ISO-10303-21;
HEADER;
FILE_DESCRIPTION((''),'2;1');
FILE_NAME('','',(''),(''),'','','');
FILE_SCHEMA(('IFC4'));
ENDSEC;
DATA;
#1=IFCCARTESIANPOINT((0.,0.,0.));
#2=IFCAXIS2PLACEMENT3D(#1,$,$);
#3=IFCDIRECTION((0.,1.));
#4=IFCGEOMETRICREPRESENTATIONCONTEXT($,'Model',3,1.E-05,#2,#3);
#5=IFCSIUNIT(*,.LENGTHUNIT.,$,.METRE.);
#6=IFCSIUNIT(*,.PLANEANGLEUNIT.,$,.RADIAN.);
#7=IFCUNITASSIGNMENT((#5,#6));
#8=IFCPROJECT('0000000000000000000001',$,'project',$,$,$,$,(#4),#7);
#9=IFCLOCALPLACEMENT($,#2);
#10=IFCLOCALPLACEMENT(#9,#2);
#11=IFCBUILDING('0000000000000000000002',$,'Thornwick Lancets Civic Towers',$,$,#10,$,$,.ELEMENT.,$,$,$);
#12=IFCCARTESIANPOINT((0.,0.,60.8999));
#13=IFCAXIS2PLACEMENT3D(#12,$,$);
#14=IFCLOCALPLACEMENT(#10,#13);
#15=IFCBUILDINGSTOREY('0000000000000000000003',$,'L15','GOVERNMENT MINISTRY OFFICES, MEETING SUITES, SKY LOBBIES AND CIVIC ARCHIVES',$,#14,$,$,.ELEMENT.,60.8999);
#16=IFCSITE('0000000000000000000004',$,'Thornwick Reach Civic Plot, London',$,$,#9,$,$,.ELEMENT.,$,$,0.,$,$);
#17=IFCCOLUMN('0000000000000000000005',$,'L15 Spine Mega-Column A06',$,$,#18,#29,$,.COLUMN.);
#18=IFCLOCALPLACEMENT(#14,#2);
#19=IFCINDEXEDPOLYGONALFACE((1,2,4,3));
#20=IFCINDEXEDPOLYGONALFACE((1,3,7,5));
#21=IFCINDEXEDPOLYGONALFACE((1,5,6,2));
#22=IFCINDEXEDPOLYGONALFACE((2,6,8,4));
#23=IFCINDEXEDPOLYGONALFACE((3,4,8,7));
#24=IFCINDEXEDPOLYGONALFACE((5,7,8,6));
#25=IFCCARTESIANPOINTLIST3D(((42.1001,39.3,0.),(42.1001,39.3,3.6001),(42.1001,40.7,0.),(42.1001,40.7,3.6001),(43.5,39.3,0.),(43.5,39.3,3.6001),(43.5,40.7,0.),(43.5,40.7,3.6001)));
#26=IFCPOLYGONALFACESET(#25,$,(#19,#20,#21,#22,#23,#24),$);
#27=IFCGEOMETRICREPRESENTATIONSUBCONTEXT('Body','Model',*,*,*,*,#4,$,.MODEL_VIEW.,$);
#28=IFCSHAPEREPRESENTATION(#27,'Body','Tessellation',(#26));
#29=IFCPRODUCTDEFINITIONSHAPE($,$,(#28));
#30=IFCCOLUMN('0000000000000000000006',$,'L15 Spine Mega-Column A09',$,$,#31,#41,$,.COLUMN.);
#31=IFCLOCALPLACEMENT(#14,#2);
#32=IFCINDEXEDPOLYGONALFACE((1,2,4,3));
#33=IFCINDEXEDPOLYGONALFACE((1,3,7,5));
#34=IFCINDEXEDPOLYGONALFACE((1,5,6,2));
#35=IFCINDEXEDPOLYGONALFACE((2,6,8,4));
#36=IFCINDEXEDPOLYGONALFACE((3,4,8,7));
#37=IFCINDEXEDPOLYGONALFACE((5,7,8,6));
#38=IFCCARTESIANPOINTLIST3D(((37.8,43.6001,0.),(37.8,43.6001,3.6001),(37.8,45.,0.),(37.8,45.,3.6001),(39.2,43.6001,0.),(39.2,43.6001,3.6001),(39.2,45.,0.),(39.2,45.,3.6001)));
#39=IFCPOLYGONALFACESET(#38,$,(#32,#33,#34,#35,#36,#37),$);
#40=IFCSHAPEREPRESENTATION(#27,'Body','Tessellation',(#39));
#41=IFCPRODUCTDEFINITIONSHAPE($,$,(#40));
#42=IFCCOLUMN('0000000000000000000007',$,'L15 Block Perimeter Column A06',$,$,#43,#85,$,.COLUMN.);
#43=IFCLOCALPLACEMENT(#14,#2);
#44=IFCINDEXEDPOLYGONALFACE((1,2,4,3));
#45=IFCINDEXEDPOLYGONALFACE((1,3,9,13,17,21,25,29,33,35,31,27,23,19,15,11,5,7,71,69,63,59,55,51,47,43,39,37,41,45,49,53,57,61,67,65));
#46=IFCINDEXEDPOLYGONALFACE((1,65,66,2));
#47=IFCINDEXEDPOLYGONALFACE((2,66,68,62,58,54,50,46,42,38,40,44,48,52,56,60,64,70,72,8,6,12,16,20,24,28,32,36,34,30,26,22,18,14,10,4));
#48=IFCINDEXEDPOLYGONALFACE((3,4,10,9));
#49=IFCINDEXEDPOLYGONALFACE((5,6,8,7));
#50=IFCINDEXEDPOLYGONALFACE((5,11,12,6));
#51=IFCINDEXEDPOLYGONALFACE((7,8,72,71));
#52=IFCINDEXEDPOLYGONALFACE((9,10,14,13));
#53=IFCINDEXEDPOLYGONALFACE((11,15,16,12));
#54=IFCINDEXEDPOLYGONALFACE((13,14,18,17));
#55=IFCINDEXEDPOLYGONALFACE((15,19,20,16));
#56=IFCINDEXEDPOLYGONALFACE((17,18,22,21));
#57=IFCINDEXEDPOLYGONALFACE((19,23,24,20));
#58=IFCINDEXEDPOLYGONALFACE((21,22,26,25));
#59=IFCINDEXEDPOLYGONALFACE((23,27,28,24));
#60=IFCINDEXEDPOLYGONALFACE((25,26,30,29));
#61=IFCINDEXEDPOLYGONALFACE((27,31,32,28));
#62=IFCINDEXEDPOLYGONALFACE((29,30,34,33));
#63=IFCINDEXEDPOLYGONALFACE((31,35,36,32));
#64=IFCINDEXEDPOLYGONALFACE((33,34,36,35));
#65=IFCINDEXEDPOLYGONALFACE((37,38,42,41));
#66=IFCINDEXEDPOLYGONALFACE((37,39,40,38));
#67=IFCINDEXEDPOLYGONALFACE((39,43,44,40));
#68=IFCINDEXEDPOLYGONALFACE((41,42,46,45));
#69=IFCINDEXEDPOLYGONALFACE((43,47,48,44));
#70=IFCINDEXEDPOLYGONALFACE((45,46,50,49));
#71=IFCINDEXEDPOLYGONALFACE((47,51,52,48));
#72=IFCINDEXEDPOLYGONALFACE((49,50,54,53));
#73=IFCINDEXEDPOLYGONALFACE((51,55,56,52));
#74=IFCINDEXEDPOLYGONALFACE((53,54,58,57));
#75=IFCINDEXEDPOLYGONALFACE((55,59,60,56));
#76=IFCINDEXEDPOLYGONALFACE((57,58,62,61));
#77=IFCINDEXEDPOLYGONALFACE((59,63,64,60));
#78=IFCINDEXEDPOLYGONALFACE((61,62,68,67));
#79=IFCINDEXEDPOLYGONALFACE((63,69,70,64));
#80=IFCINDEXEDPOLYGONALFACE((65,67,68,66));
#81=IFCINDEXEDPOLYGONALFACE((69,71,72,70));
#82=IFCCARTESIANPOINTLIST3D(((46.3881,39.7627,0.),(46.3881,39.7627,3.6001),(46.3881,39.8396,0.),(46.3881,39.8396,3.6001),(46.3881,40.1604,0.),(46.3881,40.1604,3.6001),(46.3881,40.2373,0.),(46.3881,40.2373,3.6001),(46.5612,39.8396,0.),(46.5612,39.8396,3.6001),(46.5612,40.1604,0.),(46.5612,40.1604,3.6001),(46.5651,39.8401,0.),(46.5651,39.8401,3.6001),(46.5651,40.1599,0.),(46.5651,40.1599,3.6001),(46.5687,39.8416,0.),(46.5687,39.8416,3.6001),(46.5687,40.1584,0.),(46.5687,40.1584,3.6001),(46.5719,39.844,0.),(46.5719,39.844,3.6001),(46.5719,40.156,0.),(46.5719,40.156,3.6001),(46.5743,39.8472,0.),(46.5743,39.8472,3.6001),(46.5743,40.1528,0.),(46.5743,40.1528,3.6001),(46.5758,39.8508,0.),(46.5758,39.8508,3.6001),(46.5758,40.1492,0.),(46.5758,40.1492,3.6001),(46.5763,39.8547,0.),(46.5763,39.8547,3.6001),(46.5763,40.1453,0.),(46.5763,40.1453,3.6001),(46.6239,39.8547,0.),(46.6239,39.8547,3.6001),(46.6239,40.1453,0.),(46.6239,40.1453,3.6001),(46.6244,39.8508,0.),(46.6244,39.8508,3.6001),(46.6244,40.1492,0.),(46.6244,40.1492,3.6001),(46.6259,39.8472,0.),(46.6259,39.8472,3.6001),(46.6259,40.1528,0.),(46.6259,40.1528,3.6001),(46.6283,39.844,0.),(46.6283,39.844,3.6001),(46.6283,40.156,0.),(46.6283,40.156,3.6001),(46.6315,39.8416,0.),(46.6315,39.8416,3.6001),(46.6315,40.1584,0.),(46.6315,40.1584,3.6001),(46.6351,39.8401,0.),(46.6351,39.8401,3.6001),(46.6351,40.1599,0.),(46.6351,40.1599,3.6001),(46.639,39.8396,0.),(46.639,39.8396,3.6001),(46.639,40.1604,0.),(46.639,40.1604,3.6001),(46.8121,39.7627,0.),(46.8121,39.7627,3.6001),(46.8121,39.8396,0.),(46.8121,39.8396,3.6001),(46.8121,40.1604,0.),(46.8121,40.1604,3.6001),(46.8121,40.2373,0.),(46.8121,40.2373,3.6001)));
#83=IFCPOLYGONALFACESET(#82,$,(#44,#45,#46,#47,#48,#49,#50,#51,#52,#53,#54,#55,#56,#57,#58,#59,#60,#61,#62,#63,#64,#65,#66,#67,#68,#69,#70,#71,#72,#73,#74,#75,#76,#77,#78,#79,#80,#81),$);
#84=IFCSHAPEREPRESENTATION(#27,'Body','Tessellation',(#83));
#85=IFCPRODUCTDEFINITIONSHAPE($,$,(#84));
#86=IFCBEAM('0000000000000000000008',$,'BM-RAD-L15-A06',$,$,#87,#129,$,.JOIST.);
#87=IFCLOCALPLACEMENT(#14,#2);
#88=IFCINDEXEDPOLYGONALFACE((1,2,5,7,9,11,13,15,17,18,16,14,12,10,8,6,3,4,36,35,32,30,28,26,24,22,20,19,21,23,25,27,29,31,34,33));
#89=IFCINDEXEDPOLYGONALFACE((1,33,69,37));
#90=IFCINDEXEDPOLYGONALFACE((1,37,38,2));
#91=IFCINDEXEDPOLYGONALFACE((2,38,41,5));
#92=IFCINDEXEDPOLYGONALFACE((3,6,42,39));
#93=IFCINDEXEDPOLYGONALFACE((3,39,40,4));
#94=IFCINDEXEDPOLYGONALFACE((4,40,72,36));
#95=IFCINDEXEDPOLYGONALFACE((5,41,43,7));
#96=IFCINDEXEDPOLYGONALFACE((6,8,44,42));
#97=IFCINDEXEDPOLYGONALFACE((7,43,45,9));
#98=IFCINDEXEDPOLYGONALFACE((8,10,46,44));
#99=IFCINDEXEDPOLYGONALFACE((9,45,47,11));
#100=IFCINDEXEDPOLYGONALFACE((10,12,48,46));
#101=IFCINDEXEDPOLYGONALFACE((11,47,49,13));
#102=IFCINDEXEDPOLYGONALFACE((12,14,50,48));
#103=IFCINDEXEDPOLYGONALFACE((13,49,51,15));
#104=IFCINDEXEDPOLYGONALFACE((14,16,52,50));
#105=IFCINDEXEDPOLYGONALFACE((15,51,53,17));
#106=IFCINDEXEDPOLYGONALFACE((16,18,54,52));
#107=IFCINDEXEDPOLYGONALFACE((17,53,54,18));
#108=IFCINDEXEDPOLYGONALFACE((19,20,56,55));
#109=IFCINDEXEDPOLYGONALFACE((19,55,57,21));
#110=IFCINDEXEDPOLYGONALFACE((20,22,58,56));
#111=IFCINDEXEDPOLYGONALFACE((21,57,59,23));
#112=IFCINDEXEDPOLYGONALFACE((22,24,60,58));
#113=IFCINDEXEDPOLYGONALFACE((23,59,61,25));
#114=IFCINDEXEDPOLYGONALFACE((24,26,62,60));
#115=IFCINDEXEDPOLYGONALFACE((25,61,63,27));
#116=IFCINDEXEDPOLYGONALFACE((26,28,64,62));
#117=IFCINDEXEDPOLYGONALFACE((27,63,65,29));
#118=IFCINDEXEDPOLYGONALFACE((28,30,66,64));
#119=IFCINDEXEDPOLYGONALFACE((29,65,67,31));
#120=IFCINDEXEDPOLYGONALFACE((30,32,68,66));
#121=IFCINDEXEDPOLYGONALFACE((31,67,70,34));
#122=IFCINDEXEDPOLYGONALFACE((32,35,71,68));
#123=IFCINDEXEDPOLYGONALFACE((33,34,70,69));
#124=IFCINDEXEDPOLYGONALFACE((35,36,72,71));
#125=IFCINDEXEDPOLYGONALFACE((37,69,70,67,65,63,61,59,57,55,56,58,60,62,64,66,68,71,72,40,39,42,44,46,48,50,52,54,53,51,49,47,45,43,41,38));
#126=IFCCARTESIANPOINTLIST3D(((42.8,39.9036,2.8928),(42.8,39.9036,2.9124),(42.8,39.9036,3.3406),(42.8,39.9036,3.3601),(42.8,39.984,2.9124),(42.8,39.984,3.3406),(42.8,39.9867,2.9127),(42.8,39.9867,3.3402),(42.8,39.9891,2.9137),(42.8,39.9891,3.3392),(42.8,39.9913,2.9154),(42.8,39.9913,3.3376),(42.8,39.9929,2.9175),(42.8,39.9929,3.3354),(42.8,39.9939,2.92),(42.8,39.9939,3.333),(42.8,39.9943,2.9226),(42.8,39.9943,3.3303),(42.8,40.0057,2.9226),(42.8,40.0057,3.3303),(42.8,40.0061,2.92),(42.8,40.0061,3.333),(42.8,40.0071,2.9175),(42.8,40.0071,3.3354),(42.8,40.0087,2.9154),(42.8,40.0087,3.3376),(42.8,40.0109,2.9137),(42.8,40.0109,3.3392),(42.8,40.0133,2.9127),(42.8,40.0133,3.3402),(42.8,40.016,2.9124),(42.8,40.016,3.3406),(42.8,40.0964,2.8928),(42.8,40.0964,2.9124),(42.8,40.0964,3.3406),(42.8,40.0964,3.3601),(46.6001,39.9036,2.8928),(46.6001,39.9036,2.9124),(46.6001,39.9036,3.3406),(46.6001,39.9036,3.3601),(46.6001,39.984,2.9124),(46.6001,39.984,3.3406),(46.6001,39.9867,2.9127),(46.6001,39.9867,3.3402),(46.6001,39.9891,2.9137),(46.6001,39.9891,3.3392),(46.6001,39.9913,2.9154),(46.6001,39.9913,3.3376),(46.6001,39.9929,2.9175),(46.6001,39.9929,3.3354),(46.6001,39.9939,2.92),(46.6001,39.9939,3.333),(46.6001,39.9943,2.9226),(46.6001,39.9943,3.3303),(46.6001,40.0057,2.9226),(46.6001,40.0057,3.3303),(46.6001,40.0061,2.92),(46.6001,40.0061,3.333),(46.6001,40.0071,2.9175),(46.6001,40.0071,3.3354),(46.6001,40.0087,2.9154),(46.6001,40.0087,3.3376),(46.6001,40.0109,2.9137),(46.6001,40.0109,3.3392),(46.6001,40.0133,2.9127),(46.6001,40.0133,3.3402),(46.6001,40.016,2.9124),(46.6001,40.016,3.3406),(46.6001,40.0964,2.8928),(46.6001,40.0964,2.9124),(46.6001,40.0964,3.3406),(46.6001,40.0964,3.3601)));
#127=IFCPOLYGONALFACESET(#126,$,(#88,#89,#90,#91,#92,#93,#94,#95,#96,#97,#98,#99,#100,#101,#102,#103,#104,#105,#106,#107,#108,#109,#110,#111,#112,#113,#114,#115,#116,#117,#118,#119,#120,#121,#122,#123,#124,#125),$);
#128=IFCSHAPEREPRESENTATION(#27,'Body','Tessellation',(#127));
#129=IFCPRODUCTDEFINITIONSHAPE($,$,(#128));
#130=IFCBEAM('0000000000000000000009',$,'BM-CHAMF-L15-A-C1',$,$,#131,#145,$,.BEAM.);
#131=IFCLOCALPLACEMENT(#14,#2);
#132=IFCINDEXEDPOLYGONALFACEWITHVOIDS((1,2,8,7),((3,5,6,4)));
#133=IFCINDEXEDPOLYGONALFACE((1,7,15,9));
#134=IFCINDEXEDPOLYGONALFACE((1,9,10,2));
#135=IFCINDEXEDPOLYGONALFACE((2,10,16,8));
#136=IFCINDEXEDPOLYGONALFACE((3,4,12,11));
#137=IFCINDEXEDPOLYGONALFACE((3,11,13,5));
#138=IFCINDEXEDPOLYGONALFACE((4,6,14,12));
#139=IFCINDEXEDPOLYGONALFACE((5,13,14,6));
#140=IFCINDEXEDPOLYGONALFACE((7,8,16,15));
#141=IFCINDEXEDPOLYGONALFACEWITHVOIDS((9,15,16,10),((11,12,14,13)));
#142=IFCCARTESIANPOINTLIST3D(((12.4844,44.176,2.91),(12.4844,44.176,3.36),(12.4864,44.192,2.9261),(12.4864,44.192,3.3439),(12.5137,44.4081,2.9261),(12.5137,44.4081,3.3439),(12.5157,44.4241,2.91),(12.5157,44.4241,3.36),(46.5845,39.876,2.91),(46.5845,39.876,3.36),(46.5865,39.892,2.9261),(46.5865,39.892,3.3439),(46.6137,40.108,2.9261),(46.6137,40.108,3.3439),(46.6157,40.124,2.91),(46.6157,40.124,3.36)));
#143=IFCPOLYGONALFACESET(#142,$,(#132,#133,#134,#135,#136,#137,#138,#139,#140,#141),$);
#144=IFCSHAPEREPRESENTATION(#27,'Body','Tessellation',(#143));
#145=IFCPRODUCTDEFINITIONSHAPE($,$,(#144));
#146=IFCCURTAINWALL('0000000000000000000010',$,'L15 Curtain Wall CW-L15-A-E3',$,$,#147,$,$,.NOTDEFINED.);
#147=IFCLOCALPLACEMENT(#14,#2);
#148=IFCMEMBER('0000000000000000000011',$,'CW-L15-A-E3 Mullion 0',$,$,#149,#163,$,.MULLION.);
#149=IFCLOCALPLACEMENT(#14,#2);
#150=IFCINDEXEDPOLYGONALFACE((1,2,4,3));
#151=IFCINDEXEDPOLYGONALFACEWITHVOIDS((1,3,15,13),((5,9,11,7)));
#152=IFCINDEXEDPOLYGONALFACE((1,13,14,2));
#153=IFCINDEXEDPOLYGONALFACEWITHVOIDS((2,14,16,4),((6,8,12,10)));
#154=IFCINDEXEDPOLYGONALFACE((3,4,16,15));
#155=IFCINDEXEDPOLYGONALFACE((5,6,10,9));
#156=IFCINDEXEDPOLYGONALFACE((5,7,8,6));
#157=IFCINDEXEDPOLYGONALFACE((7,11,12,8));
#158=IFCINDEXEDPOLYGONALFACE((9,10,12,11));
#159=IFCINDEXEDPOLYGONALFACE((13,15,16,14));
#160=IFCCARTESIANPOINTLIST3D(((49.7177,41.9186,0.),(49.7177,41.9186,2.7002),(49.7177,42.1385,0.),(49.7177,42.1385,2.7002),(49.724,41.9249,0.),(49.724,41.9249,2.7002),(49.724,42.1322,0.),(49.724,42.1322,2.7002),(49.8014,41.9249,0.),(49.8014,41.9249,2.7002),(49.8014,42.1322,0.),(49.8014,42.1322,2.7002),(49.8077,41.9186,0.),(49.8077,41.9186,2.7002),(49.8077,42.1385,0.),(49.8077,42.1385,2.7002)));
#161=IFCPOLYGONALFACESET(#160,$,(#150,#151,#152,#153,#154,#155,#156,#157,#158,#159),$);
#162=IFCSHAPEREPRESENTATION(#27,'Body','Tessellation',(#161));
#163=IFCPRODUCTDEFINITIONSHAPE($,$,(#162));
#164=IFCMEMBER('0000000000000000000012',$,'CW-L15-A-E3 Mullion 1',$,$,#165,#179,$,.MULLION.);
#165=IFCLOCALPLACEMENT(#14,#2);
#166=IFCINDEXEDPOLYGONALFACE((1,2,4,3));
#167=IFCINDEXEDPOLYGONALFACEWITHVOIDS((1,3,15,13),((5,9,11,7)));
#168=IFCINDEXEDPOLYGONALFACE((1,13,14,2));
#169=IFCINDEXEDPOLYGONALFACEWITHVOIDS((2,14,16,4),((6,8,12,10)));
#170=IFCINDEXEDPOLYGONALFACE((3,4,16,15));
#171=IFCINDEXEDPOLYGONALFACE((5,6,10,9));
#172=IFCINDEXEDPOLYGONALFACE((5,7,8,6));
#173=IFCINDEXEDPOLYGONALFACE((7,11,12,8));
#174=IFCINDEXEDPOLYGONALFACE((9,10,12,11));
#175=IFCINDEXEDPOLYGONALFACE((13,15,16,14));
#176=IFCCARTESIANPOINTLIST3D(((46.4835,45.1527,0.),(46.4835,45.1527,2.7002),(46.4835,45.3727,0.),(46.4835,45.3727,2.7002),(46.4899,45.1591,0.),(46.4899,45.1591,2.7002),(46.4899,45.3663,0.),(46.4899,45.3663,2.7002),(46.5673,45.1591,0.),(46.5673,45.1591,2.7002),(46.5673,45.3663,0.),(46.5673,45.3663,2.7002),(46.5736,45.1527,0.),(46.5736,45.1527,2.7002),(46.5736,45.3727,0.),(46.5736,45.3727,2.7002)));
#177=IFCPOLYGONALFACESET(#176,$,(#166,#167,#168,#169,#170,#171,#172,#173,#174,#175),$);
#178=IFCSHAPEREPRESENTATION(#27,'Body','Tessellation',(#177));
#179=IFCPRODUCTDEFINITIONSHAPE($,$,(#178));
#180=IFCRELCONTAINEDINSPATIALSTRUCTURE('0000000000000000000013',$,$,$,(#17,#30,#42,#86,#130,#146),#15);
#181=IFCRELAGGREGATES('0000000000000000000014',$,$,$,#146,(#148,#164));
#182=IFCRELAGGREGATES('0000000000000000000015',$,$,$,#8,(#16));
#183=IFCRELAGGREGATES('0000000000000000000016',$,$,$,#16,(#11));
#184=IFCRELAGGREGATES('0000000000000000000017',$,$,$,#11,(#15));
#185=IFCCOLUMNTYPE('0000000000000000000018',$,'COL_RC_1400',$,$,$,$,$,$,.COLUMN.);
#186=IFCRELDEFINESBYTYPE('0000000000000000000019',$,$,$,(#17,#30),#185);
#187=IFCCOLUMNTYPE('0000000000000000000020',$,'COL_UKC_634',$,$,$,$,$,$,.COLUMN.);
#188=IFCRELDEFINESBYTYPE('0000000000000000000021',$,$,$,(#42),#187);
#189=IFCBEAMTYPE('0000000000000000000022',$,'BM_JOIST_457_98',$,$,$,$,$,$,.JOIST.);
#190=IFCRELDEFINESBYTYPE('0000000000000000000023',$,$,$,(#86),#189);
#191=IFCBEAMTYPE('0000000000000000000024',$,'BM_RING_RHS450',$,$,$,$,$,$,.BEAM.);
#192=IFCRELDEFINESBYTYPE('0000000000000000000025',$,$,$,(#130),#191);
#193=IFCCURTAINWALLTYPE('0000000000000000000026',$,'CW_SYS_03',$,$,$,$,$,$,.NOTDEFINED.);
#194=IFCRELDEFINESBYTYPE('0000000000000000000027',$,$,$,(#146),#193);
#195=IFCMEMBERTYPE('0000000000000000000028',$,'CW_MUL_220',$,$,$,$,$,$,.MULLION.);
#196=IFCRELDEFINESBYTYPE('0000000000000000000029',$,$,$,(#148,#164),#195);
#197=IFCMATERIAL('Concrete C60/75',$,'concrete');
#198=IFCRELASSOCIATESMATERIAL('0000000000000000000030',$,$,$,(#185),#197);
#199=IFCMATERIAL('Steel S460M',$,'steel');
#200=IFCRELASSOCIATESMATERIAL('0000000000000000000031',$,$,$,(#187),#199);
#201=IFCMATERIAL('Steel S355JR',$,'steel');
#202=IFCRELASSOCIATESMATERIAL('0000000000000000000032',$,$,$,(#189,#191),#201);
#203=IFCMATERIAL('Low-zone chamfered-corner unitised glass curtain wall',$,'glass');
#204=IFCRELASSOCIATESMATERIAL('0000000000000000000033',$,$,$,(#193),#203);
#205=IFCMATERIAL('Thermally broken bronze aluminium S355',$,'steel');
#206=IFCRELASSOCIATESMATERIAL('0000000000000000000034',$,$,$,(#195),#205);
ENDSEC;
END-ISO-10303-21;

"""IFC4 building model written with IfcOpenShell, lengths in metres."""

from ifc_helpers import new_model, si_unit, direction, frame, origin, origin_2d, place, context, subcontext, project, spatial, rectangle, hollow_rectangle, i_section, extrude, material, material_profile, profile_set, type_object, element, aggregate, save


model = new_model("IFC4")

# Units and contexts
model_context = context("Model", 3, precision=1e-05, world=origin(), true_north=direction((0.0, 1.0)))
body_context = subcontext(model_context, "Body", "Model", "MODEL_VIEW")
ifc_project = project(units=[si_unit("LENGTHUNIT", "METRE"), si_unit("PLANEANGLEUNIT", "RADIAN")], contexts=[model_context])

# Site, building, storey
site_placement = place(None, origin())
site = spatial("IfcSite", under=ifc_project, at=site_placement, Name="Thornwick Reach Civic Plot, London", CompositionType="ELEMENT", RefElevation=0.0)
building_placement = place(site_placement, origin())
building = spatial("IfcBuilding", under=site, at=building_placement, Name="Thornwick Lancets Civic Towers", CompositionType="ELEMENT")
storey_placement = place(building_placement, frame((0.0, 0.0, 60.8999)))
storey = spatial("IfcBuildingStorey", under=building, at=storey_placement, Name="L15", Description="GOVERNMENT MINISTRY OFFICES, MEETING SUITES, SKY LOBBIES AND CIVIC ARCHIVES", CompositionType="ELEMENT", Elevation=60.8999)

# Columns
ifc_material_1 = material(Name="Concrete C60/75", Category="concrete")
ifc_material_profile_1 = material_profile(ifc_material_1, rectangle(XDim=1.3999, YDim=1.3999, at=origin_2d()), Name="RC 1400x1400")
ifc_profile_set_1 = profile_set([ifc_material_profile_1], Name="Concrete C60/75")
column_type_1 = type_object("IfcColumnType", Name="COL_RC_1400", PredefinedType="COLUMN", material=ifc_profile_set_1)
for number, where, z_axis, x_axis, name in (
    (1, (42.8, 40.0, 0.0), (0.0, 0.0, 1.0), (1.0, 0.0, 0.0), "L15 Spine Mega-Column A06"),
    (2, (38.5, 44.3, 0.0), (0.0, 0.0, 1.0), (1.0, 0.0, 0.0), "L15 Spine Mega-Column A09"),
):
    element("IfcColumn", number, at=place(storey_placement, frame(where, z_axis=z_axis, x_axis=x_axis)), inside=storey, type_object=column_type_1, Name=name, PredefinedType="COLUMN", context=body_context, shape_type="SweptSolid", body=[
        extrude(rectangle(XDim=1.3999, YDim=1.3999, at=origin_2d()), origin(), (0.0, 0.0, 1.0), 3.6001),
    ])
ifc_material_2 = material(Name="Steel S460M", Category="steel")
ifc_material_profile_2 = material_profile(ifc_material_2, i_section(OverallWidth=0.4241, OverallDepth=0.4746, WebThickness=0.0476, FlangeThickness=0.0769, FilletRadius=0.0151, at=origin_2d()), Name="UKC 356x406x634")
ifc_profile_set_2 = profile_set([ifc_material_profile_2], Name="Steel S460M")
column_type_2 = type_object("IfcColumnType", Name="COL_UKC_634", PredefinedType="COLUMN", material=ifc_profile_set_2)
column_placement = place(storey_placement, frame((46.6001, 40.0, 0.0), z_axis=(0.0, 0.0, 1.0), x_axis=(1.0, 0.0, 0.0)))
element("IfcColumn", 3, at=column_placement, inside=storey, type_object=column_type_2, Name="L15 Block Perimeter Column A06", PredefinedType="COLUMN", context=body_context, shape_type="SweptSolid", body=[
    extrude(i_section(OverallWidth=0.4241, OverallDepth=0.4746, WebThickness=0.0476, FlangeThickness=0.0769, FilletRadius=0.0151, at=origin_2d()), origin(), (0.0, 0.0, 1.0), 3.6001),
])

# Beams
ifc_material_3 = material(Name="Steel S355JR", Category="steel")
ifc_material_profile_3 = material_profile(ifc_material_3, i_section(OverallWidth=0.1929, OverallDepth=0.4673, WebThickness=0.0115, FlangeThickness=0.0195, FilletRadius=0.0103, at=origin_2d()), Name="UKB 457x191x98")
ifc_profile_set_3 = profile_set([ifc_material_profile_3], Name="Steel S355JR")
beam_type_1 = type_object("IfcBeamType", Name="BM_JOIST_457_98", PredefinedType="JOIST", material=ifc_profile_set_3)
beam_1_placement = place(storey_placement, frame((42.8, 40.0, 3.1265), z_axis=(1.0, 0.0, 0.0), x_axis=(0.0, 1.0, 0.0)))
element("IfcBeam", 4, at=beam_1_placement, inside=storey, type_object=beam_type_1, Name="BM-RAD-L15-A06", PredefinedType="JOIST", context=body_context, shape_type="SweptSolid", body=[
    extrude(i_section(OverallWidth=0.1929, OverallDepth=0.4673, WebThickness=0.0115, FlangeThickness=0.0195, FilletRadius=0.0103, at=origin_2d()), origin(), (0.0, 0.0, 1.0), 3.8),
])
ifc_material_profile_4 = material_profile(ifc_material_3, hollow_rectangle(XDim=0.25, YDim=0.45, WallThickness=0.0161, at=origin_2d()), Name="RHS 450x250x16")
ifc_profile_set_4 = profile_set([ifc_material_profile_4], Name="Steel S355JR")
beam_type_2 = type_object("IfcBeamType", Name="BM_RING_RHS450", PredefinedType="BEAM", material=ifc_profile_set_4)
beam_2_placement = place(storey_placement, frame((46.6001, 40.0, 3.135), z_axis=(-0.992143, 0.12511, 0.0), x_axis=(-0.12511, -0.992143, 0.0)))
element("IfcBeam", 5, at=beam_2_placement, inside=storey, type_object=beam_type_2, Name="BM-CHAMF-L15-A-C1", PredefinedType="BEAM", context=body_context, shape_type="SweptSolid", body=[
    extrude(hollow_rectangle(XDim=0.25, YDim=0.45, WallThickness=0.0161, at=origin_2d()), origin(), (0.0, 0.0, 1.0), 34.3701),
])

# Curtain wall, members
ifc_material_4 = material(Name="Low-zone chamfered-corner unitised glass curtain wall", Category="glass")
curtain_wall_type = type_object("IfcCurtainWallType", Name="CW_SYS_03", PredefinedType="NOTDEFINED", material=ifc_material_4)
curtain_wall_placement = place(storey_placement, origin())
curtain_wall = element("IfcCurtainWall", 6, at=curtain_wall_placement, inside=storey, type_object=curtain_wall_type, Name="L15 Curtain Wall CW-L15-A-E3", PredefinedType="NOTDEFINED")
ifc_material_5 = material(Name="Thermally broken bronze aluminium S355", Category="steel")
ifc_material_profile_5 = material_profile(ifc_material_5, hollow_rectangle(XDim=0.0901, YDim=0.22, WallThickness=0.0063, at=origin_2d()), Name="RHS 220x90x6.3")
ifc_profile_set_5 = profile_set([ifc_material_profile_5], Name="Thermally broken bronze aluminium S355")
member_type_1 = type_object("IfcMemberType", Name="CW_MUL_220", PredefinedType="MULLION", material=ifc_profile_set_5)
member_1_placement = place(storey_placement, frame((49.7627, 42.0286, 0.0), z_axis=(0.0, 0.0, 1.0), x_axis=(1.0, 0.0, 0.0)))
member_1 = element("IfcMember", 7, at=member_1_placement, type_object=member_type_1, Name="CW-L15-A-E3 Mullion 0", PredefinedType="MULLION", context=body_context, shape_type="SweptSolid", body=[
    extrude(hollow_rectangle(XDim=0.0901, YDim=0.22, WallThickness=0.0063, at=origin_2d()), origin(), (0.0, 0.0, 1.0), 2.7002),
])
member_2_placement = place(storey_placement, frame((46.5286, 45.2627, 0.0), z_axis=(0.0, 0.0, 1.0), x_axis=(1.0, 0.0, 0.0)))
member_2 = element("IfcMember", 8, at=member_2_placement, type_object=member_type_1, Name="CW-L15-A-E3 Mullion 1", PredefinedType="MULLION", context=body_context, shape_type="SweptSolid", body=[
    extrude(hollow_rectangle(XDim=0.0901, YDim=0.22, WallThickness=0.0063, at=origin_2d()), origin(), (0.0, 0.0, 1.0), 2.7002),
])
aggregate(curtain_wall, [member_1, member_2])

save(model, "model.ifc")
